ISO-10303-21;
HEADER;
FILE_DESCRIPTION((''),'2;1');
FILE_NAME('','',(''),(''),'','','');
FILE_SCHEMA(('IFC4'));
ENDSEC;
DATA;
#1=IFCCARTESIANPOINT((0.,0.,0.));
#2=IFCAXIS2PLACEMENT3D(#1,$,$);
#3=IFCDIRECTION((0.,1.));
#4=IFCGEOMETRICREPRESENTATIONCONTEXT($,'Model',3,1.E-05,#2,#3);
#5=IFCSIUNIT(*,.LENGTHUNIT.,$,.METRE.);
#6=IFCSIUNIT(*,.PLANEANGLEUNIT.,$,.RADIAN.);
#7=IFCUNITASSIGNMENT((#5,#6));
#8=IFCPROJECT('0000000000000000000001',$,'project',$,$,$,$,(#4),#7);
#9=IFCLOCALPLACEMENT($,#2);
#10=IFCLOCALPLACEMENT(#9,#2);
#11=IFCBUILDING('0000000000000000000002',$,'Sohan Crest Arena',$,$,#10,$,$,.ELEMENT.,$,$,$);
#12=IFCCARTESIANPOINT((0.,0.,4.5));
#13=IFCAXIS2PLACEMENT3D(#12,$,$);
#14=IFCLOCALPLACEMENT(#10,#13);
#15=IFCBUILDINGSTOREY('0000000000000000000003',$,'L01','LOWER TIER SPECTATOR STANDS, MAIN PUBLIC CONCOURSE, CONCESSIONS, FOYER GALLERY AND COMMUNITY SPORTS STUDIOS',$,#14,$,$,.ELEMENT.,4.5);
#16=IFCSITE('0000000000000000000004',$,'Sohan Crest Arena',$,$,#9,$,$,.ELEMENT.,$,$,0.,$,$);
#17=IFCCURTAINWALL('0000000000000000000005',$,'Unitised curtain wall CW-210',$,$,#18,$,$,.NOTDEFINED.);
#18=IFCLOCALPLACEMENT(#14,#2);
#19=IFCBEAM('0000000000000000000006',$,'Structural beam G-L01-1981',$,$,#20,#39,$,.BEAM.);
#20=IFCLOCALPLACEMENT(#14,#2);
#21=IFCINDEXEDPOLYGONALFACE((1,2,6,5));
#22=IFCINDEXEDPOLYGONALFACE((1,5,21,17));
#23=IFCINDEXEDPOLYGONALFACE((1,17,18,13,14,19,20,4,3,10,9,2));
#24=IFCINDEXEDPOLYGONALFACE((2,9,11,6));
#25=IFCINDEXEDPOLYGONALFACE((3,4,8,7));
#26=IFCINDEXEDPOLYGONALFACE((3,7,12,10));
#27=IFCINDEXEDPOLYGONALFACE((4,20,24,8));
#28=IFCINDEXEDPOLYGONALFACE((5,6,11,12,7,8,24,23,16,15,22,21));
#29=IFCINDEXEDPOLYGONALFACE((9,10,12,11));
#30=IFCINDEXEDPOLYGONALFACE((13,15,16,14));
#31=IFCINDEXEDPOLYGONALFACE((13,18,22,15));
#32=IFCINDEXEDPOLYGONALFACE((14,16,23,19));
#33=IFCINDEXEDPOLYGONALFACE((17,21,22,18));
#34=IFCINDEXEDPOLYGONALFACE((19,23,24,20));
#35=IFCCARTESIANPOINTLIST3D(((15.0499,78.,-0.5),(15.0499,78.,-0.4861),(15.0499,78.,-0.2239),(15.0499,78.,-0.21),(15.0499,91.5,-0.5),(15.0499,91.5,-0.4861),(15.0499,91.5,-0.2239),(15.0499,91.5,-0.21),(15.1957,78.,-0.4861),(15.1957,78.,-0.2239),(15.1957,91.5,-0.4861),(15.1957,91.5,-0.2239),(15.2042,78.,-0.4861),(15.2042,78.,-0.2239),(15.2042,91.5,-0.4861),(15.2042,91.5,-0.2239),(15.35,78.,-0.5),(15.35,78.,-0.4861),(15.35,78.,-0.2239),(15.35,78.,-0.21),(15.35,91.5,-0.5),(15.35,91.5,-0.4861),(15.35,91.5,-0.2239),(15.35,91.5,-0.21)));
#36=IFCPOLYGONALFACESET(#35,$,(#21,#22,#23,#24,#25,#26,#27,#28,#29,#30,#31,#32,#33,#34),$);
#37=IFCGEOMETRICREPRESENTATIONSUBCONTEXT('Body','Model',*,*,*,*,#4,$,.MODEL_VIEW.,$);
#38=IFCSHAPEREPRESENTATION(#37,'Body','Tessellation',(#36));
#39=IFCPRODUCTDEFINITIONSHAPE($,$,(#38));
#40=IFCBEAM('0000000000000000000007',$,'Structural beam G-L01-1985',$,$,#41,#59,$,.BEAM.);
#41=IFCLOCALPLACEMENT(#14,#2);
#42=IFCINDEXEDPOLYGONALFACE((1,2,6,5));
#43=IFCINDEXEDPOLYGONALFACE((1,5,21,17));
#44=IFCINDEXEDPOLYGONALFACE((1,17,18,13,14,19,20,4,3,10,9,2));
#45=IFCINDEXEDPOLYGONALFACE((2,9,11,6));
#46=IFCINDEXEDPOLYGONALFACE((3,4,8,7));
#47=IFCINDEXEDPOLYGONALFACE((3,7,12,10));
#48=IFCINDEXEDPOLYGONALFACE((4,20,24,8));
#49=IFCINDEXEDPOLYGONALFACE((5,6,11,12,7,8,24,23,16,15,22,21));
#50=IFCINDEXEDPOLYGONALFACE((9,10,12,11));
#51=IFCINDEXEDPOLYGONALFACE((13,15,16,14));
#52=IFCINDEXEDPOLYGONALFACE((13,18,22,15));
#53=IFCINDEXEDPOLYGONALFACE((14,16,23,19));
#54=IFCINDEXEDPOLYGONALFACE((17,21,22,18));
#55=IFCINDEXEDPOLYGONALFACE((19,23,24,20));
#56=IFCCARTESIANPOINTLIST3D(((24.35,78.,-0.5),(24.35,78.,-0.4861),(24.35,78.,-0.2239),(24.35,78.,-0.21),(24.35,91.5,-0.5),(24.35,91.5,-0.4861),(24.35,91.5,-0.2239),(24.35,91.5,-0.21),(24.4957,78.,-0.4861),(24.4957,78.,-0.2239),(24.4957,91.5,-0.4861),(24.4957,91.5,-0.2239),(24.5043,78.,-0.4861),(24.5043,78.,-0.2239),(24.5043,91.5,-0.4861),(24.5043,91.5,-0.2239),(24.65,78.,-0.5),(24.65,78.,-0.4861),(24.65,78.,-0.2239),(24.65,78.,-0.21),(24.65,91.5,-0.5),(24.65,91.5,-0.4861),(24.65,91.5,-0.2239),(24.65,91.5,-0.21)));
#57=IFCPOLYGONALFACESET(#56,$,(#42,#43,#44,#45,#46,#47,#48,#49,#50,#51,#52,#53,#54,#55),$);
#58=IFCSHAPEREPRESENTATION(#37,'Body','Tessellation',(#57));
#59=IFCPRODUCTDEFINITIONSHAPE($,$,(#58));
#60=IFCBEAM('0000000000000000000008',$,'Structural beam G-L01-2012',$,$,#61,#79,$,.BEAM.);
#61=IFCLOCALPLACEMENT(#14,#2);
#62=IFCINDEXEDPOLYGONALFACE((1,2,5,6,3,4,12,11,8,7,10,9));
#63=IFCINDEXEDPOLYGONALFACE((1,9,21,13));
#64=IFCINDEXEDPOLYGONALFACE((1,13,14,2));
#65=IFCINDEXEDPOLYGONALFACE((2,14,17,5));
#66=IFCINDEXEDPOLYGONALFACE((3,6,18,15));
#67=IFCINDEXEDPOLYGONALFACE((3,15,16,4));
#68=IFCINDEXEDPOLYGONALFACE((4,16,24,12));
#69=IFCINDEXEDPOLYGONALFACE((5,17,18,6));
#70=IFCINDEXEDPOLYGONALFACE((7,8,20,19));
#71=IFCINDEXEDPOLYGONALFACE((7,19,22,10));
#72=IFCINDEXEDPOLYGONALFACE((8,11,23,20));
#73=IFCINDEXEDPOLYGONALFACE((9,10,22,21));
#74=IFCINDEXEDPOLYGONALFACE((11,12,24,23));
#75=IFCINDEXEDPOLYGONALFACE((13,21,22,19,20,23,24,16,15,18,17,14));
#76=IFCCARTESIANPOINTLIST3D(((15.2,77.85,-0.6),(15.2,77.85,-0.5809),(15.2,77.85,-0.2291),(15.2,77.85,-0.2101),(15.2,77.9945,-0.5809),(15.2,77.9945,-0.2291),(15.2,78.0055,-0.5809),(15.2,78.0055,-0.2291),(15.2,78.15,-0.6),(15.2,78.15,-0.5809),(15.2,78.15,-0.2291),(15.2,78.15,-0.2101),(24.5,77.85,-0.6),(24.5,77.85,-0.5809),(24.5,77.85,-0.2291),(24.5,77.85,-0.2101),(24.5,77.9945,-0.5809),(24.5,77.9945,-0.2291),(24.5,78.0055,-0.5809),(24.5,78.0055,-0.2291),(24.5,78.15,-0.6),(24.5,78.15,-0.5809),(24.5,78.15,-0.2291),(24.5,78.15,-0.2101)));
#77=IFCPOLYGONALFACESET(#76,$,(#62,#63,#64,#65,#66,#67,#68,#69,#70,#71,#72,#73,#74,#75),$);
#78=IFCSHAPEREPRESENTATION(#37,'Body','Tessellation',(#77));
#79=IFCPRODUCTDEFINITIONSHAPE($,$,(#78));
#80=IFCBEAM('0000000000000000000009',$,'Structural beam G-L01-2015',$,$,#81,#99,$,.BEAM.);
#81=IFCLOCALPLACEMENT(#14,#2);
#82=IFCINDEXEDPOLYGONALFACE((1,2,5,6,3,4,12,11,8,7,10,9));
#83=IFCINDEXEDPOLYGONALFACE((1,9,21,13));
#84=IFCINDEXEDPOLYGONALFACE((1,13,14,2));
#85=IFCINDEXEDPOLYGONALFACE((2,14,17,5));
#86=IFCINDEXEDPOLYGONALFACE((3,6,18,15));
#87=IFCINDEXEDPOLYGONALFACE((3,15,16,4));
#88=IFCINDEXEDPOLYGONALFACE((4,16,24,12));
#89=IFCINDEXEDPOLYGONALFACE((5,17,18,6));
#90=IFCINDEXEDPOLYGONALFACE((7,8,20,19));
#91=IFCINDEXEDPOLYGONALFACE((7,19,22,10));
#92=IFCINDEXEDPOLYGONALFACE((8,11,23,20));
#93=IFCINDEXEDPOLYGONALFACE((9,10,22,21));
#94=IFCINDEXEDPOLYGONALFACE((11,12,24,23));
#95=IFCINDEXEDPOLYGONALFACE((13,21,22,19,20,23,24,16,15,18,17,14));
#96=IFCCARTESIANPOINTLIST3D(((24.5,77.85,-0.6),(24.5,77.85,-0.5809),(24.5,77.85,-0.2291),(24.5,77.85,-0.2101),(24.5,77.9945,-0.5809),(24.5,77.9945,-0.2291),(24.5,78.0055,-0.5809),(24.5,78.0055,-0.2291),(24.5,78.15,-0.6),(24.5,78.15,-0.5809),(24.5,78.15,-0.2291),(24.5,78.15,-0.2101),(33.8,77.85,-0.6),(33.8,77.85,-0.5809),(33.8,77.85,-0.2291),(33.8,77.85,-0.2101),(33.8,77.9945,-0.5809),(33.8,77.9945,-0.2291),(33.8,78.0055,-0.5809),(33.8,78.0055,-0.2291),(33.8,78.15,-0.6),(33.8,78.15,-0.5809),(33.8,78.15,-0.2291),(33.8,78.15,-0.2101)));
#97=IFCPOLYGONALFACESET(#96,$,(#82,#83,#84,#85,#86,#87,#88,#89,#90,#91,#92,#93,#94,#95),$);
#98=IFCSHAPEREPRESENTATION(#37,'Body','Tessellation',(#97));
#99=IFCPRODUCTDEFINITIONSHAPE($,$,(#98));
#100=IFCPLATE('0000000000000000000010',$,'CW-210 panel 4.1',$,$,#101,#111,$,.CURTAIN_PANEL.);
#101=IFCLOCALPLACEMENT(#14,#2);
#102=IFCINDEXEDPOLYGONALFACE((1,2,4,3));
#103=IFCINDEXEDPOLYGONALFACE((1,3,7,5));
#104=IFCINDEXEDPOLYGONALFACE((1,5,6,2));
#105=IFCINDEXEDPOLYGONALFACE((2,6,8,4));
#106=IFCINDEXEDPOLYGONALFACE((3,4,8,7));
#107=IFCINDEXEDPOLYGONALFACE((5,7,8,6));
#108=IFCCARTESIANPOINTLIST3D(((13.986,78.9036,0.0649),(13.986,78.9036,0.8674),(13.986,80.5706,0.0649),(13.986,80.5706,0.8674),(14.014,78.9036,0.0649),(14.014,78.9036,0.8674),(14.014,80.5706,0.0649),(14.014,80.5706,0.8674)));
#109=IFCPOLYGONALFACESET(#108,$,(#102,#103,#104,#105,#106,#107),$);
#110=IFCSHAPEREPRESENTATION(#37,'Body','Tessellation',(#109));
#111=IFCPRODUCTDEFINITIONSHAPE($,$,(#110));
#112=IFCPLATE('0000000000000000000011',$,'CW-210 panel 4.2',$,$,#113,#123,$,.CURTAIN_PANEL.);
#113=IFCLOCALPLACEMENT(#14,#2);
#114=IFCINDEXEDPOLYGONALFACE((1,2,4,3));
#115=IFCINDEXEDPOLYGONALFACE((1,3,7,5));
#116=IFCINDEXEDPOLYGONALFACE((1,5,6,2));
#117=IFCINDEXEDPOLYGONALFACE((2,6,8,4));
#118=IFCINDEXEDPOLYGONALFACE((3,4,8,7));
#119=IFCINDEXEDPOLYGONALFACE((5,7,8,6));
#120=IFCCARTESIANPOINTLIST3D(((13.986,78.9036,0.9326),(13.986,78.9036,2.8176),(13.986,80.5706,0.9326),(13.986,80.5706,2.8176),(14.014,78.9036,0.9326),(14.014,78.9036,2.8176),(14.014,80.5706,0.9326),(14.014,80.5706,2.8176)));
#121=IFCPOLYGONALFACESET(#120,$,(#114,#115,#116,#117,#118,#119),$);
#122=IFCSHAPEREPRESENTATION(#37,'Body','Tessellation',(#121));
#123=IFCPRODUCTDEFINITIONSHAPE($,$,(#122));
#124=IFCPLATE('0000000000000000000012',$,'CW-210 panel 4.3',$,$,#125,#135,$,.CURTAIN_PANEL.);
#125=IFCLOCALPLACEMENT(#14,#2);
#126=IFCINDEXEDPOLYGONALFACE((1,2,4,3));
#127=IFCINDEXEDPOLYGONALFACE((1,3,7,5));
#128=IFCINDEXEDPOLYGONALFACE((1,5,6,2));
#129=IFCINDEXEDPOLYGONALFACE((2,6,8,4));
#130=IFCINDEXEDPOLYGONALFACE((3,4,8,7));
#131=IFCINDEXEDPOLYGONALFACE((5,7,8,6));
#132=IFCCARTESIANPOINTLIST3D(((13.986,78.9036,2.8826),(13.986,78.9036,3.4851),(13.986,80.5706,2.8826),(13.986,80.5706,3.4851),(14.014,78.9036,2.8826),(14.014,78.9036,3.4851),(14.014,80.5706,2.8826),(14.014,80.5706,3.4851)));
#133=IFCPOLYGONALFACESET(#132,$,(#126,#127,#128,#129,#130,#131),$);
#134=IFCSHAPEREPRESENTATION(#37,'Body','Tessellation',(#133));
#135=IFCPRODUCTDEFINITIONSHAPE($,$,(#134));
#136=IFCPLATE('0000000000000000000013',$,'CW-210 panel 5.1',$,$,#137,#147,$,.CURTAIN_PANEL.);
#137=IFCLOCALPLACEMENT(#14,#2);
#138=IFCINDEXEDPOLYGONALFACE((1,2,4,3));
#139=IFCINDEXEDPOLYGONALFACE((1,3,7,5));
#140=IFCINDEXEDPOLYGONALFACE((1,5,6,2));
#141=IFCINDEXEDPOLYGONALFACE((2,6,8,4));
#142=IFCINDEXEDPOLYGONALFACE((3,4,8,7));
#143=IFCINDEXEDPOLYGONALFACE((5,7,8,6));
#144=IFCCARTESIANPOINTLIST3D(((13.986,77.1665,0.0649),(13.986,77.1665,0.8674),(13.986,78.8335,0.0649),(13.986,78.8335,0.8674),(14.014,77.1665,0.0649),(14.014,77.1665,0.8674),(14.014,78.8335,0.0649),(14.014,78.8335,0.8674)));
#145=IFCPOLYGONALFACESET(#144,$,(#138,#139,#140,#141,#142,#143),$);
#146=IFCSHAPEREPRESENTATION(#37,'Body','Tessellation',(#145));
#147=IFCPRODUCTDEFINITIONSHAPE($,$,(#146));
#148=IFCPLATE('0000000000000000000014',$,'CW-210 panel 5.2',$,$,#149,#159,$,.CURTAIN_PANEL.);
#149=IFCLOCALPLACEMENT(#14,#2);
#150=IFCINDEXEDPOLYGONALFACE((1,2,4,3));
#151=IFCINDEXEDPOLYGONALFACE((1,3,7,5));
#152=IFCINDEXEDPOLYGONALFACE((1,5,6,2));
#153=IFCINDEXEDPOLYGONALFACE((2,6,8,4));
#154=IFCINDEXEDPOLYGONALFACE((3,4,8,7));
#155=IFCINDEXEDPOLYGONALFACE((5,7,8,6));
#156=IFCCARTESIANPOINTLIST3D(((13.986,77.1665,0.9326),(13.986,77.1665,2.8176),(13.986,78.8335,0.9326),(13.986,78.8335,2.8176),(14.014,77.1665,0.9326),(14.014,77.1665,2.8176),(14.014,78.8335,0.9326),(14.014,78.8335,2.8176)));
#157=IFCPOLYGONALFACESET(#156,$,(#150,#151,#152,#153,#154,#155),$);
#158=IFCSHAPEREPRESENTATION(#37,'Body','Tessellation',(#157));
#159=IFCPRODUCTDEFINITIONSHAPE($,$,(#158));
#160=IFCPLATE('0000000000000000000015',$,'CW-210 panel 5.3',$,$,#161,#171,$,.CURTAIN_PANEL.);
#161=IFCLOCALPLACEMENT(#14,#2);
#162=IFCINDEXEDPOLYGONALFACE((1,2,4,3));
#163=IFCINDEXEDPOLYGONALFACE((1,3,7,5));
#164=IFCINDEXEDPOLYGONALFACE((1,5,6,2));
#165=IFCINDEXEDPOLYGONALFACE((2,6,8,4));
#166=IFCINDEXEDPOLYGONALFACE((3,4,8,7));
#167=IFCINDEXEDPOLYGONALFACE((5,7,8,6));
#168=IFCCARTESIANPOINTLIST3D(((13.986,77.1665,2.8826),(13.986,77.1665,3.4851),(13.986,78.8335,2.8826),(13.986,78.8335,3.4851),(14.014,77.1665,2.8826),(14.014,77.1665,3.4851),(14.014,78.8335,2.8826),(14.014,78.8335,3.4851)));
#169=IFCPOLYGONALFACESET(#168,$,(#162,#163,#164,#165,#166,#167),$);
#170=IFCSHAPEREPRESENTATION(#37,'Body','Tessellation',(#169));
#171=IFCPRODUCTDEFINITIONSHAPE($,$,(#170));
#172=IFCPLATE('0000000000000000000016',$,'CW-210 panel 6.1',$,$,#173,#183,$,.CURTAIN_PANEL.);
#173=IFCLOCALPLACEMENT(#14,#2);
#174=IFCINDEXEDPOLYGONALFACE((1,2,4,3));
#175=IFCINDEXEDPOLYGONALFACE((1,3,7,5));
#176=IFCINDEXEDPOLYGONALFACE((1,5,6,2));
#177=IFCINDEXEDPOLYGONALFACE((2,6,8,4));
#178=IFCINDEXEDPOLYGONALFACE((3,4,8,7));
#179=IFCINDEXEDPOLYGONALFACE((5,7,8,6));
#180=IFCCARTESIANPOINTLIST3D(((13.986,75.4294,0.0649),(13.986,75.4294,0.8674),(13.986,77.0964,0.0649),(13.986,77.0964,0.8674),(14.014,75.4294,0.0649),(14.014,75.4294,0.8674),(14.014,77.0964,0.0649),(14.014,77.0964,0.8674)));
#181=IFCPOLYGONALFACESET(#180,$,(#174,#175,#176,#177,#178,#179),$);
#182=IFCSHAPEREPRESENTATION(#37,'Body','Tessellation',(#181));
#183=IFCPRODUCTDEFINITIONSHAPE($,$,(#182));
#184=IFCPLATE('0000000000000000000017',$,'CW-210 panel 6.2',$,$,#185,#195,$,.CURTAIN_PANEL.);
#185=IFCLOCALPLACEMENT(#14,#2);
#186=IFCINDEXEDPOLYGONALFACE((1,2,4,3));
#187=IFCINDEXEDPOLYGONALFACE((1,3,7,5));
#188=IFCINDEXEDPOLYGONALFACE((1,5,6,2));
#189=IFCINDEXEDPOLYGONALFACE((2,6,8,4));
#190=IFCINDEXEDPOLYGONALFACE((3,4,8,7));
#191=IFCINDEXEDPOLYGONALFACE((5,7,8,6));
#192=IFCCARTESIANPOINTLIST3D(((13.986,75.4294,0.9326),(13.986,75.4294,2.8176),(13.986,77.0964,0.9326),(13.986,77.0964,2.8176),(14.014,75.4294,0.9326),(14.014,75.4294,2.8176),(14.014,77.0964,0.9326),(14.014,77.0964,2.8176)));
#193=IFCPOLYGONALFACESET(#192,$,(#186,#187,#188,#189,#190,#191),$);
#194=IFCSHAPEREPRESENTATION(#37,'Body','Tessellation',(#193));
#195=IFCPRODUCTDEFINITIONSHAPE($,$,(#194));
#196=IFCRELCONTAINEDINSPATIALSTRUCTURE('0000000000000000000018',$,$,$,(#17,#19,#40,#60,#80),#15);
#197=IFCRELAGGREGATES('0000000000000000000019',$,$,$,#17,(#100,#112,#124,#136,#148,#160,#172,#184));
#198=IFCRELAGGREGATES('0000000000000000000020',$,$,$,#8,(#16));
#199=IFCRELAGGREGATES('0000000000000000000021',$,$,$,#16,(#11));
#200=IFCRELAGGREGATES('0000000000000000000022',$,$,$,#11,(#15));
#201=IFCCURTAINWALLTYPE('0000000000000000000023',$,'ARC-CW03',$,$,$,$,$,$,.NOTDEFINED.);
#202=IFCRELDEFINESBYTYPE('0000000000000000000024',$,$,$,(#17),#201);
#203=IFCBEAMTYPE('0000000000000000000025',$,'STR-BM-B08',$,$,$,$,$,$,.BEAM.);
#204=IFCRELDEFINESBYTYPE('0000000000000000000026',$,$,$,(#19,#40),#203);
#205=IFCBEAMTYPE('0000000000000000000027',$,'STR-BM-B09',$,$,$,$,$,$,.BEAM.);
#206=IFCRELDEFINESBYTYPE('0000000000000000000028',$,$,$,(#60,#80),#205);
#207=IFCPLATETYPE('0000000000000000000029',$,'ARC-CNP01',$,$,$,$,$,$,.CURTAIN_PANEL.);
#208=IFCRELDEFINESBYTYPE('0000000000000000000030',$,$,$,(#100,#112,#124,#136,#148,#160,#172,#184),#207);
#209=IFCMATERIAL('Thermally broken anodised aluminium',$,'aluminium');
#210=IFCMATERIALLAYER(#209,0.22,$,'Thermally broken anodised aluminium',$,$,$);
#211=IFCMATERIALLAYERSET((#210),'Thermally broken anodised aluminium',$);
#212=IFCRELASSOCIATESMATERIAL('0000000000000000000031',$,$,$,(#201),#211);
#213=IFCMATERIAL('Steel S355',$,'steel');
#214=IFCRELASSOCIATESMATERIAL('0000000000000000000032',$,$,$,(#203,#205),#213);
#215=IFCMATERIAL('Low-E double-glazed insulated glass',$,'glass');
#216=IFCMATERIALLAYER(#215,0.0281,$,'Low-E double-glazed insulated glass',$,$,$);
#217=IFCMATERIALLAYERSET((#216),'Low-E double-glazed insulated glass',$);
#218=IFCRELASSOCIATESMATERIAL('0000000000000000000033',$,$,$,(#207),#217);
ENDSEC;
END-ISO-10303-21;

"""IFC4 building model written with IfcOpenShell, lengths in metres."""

from ifc_helpers import new_model, si_unit, direction, frame, origin, origin_2d, place, context, subcontext, project, spatial, rectangle, i_section, extrude, material, layer, layer_set, material_profile, profile_set, type_object, element, aggregate, save


model = new_model("IFC4")

# Units and contexts
model_context = context("Model", 3, precision=1e-05, world=origin(), true_north=direction((0.0, 1.0)))
body_context = subcontext(model_context, "Body", "Model", "MODEL_VIEW")
ifc_project = project(units=[si_unit("LENGTHUNIT", "METRE"), si_unit("PLANEANGLEUNIT", "RADIAN")], contexts=[model_context])

# Site, building, storey
site_placement = place(None, origin())
site = spatial("IfcSite", under=ifc_project, at=site_placement, Name="Sohan Crest Arena", CompositionType="ELEMENT", RefElevation=0.0)
building_placement = place(site_placement, origin())
building = spatial("IfcBuilding", under=site, at=building_placement, Name="Sohan Crest Arena", CompositionType="ELEMENT")
storey_placement = place(building_placement, frame((0.0, 0.0, 4.5)))
storey = spatial("IfcBuildingStorey", under=building, at=storey_placement, Name="L01", Description="LOWER TIER SPECTATOR STANDS, MAIN PUBLIC CONCOURSE, CONCESSIONS, FOYER GALLERY AND COMMUNITY SPORTS STUDIOS", CompositionType="ELEMENT", Elevation=4.5)

# Curtain wall
ifc_material_1 = material(Name="Thermally broken anodised aluminium", Category="aluminium")
ifc_layer_1 = layer(ifc_material_1, 0.22, Name="Thermally broken anodised aluminium")
ifc_layer_set_1 = layer_set([ifc_layer_1], Name="Thermally broken anodised aluminium")
curtain_wall_type = type_object("IfcCurtainWallType", Name="ARC-CW03", PredefinedType="NOTDEFINED", material=ifc_layer_set_1)
curtain_wall_placement = place(storey_placement, origin())
curtain_wall = element("IfcCurtainWall", 1, at=curtain_wall_placement, inside=storey, type_object=curtain_wall_type, Name="Unitised curtain wall CW-210", PredefinedType="NOTDEFINED")

# Beams
ifc_material_2 = material(Name="Steel S355", Category="steel")
ifc_material_profile_1 = material_profile(ifc_material_2, i_section(OverallWidth=0.3, OverallDepth=0.29, WebThickness=0.0085, FlangeThickness=0.0139, at=origin_2d()), Name="HEA 300")
ifc_profile_set_1 = profile_set([ifc_material_profile_1], Name="Steel S355")
beam_type_1 = type_object("IfcBeamType", Name="STR-BM-B08", PredefinedType="BEAM", material=ifc_profile_set_1)
for number, where, z_axis, x_axis, name in (
    (2, (15.2, 78.0, -0.355), (0.0, 1.0, 0.0), (-1.0, 0.0, 0.0), "Structural beam G-L01-1981"),
    (3, (24.5, 78.0, -0.355), (0.0, 1.0, 0.0), (-1.0, 0.0, 0.0), "Structural beam G-L01-1985"),
):
    element("IfcBeam", number, at=place(storey_placement, frame(where, z_axis=z_axis, x_axis=x_axis)), inside=storey, type_object=beam_type_1, Name=name, PredefinedType="BEAM", context=body_context, shape_type="SweptSolid", body=[
        extrude(i_section(OverallWidth=0.3, OverallDepth=0.29, WebThickness=0.0085, FlangeThickness=0.0139, at=origin_2d()), origin(), (0.0, 0.0, 1.0), 13.5),
    ])
ifc_material_profile_2 = material_profile(ifc_material_2, i_section(OverallWidth=0.3, OverallDepth=0.3899, WebThickness=0.011, FlangeThickness=0.019, at=origin_2d()), Name="HEA 400")
ifc_profile_set_2 = profile_set([ifc_material_profile_2], Name="Steel S355")
beam_type_2 = type_object("IfcBeamType", Name="STR-BM-B09", PredefinedType="BEAM", material=ifc_profile_set_2)
for number, where, z_axis, x_axis, name in (
    (4, (15.2, 78.0, -0.405), (1.0, 0.0, 0.0), (0.0, 1.0, 0.0), "Structural beam G-L01-2012"),
    (5, (24.5, 78.0, -0.405), (1.0, 0.0, 0.0), (0.0, 1.0, 0.0), "Structural beam G-L01-2015"),
):
    element("IfcBeam", number, at=place(storey_placement, frame(where, z_axis=z_axis, x_axis=x_axis)), inside=storey, type_object=beam_type_2, Name=name, PredefinedType="BEAM", context=body_context, shape_type="SweptSolid", body=[
        extrude(i_section(OverallWidth=0.3, OverallDepth=0.3899, WebThickness=0.011, FlangeThickness=0.019, at=origin_2d()), origin(), (0.0, 0.0, 1.0), 9.3),
    ])

# Plates
ifc_material_3 = material(Name="Low-E double-glazed insulated glass", Category="glass")
ifc_layer_2 = layer(ifc_material_3, 0.0281, Name="Low-E double-glazed insulated glass")
ifc_layer_set_2 = layer_set([ifc_layer_2], Name="Low-E double-glazed insulated glass")
plate_type = type_object("IfcPlateType", Name="ARC-CNP01", PredefinedType="CURTAIN_PANEL", material=ifc_layer_set_2)
plate_1_placement = place(storey_placement, frame((14.0, 79.7371, 0.0649), z_axis=(0.0, 0.0, 1.0), x_axis=(0.0, -1.0, 0.0)))
plate_1 = element("IfcPlate", 6, at=plate_1_placement, type_object=plate_type, Name="CW-210 panel 4.1", PredefinedType="CURTAIN_PANEL", context=body_context, shape_type="SweptSolid", body=[
    extrude(rectangle(XDim=1.667, YDim=0.0281, at=origin_2d()), origin(), (0.0, 0.0, 1.0), 0.8025),
])
plate_2_placement = place(storey_placement, frame((14.0, 79.7371, 0.9326), z_axis=(0.0, 0.0, 1.0), x_axis=(0.0, -1.0, 0.0)))
plate_2 = element("IfcPlate", 7, at=plate_2_placement, type_object=plate_type, Name="CW-210 panel 4.2", PredefinedType="CURTAIN_PANEL", context=body_context, shape_type="SweptSolid", body=[
    extrude(rectangle(XDim=1.667, YDim=0.0281, at=origin_2d()), origin(), (0.0, 0.0, 1.0), 1.885),
])
plate_3_placement = place(storey_placement, frame((14.0, 79.7371, 2.8826), z_axis=(0.0, 0.0, 1.0), x_axis=(0.0, -1.0, 0.0)))
plate_3 = element("IfcPlate", 8, at=plate_3_placement, type_object=plate_type, Name="CW-210 panel 4.3", PredefinedType="CURTAIN_PANEL", context=body_context, shape_type="SweptSolid", body=[
    extrude(rectangle(XDim=1.667, YDim=0.0281, at=origin_2d()), origin(), (0.0, 0.0, 1.0), 0.6025),
])
plate_4_placement = place(storey_placement, frame((14.0, 78.0, 0.0649), z_axis=(0.0, 0.0, 1.0), x_axis=(0.0, -1.0, 0.0)))
plate_4 = element("IfcPlate", 9, at=plate_4_placement, type_object=plate_type, Name="CW-210 panel 5.1", PredefinedType="CURTAIN_PANEL", context=body_context, shape_type="SweptSolid", body=[
    extrude(rectangle(XDim=1.667, YDim=0.0281, at=origin_2d()), origin(), (0.0, 0.0, 1.0), 0.8025),
])
plate_5_placement = place(storey_placement, frame((14.0, 78.0, 0.9326), z_axis=(0.0, 0.0, 1.0), x_axis=(0.0, -1.0, 0.0)))
plate_5 = element("IfcPlate", 10, at=plate_5_placement, type_object=plate_type, Name="CW-210 panel 5.2", PredefinedType="CURTAIN_PANEL", context=body_context, shape_type="SweptSolid", body=[
    extrude(rectangle(XDim=1.667, YDim=0.0281, at=origin_2d()), origin(), (0.0, 0.0, 1.0), 1.885),
])
plate_6_placement = place(storey_placement, frame((14.0, 78.0, 2.8826), z_axis=(0.0, 0.0, 1.0), x_axis=(0.0, -1.0, 0.0)))
plate_6 = element("IfcPlate", 11, at=plate_6_placement, type_object=plate_type, Name="CW-210 panel 5.3", PredefinedType="CURTAIN_PANEL", context=body_context, shape_type="SweptSolid", body=[
    extrude(rectangle(XDim=1.667, YDim=0.0281, at=origin_2d()), origin(), (0.0, 0.0, 1.0), 0.6025),
])
plate_7_placement = place(storey_placement, frame((14.0, 76.2629, 0.0649), z_axis=(0.0, 0.0, 1.0), x_axis=(0.0, -1.0, 0.0)))
plate_7 = element("IfcPlate", 12, at=plate_7_placement, type_object=plate_type, Name="CW-210 panel 6.1", PredefinedType="CURTAIN_PANEL", context=body_context, shape_type="SweptSolid", body=[
    extrude(rectangle(XDim=1.667, YDim=0.0281, at=origin_2d()), origin(), (0.0, 0.0, 1.0), 0.8025),
])
plate_8_placement = place(storey_placement, frame((14.0, 76.2629, 0.9326), z_axis=(0.0, 0.0, 1.0), x_axis=(0.0, -1.0, 0.0)))
plate_8 = element("IfcPlate", 13, at=plate_8_placement, type_object=plate_type, Name="CW-210 panel 6.2", PredefinedType="CURTAIN_PANEL", context=body_context, shape_type="SweptSolid", body=[
    extrude(rectangle(XDim=1.667, YDim=0.0281, at=origin_2d()), origin(), (0.0, 0.0, 1.0), 1.885),
])
aggregate(curtain_wall, [plate_1, plate_2, plate_3, plate_4, plate_5, plate_6, plate_7, plate_8])

save(model, "model.ifc")
